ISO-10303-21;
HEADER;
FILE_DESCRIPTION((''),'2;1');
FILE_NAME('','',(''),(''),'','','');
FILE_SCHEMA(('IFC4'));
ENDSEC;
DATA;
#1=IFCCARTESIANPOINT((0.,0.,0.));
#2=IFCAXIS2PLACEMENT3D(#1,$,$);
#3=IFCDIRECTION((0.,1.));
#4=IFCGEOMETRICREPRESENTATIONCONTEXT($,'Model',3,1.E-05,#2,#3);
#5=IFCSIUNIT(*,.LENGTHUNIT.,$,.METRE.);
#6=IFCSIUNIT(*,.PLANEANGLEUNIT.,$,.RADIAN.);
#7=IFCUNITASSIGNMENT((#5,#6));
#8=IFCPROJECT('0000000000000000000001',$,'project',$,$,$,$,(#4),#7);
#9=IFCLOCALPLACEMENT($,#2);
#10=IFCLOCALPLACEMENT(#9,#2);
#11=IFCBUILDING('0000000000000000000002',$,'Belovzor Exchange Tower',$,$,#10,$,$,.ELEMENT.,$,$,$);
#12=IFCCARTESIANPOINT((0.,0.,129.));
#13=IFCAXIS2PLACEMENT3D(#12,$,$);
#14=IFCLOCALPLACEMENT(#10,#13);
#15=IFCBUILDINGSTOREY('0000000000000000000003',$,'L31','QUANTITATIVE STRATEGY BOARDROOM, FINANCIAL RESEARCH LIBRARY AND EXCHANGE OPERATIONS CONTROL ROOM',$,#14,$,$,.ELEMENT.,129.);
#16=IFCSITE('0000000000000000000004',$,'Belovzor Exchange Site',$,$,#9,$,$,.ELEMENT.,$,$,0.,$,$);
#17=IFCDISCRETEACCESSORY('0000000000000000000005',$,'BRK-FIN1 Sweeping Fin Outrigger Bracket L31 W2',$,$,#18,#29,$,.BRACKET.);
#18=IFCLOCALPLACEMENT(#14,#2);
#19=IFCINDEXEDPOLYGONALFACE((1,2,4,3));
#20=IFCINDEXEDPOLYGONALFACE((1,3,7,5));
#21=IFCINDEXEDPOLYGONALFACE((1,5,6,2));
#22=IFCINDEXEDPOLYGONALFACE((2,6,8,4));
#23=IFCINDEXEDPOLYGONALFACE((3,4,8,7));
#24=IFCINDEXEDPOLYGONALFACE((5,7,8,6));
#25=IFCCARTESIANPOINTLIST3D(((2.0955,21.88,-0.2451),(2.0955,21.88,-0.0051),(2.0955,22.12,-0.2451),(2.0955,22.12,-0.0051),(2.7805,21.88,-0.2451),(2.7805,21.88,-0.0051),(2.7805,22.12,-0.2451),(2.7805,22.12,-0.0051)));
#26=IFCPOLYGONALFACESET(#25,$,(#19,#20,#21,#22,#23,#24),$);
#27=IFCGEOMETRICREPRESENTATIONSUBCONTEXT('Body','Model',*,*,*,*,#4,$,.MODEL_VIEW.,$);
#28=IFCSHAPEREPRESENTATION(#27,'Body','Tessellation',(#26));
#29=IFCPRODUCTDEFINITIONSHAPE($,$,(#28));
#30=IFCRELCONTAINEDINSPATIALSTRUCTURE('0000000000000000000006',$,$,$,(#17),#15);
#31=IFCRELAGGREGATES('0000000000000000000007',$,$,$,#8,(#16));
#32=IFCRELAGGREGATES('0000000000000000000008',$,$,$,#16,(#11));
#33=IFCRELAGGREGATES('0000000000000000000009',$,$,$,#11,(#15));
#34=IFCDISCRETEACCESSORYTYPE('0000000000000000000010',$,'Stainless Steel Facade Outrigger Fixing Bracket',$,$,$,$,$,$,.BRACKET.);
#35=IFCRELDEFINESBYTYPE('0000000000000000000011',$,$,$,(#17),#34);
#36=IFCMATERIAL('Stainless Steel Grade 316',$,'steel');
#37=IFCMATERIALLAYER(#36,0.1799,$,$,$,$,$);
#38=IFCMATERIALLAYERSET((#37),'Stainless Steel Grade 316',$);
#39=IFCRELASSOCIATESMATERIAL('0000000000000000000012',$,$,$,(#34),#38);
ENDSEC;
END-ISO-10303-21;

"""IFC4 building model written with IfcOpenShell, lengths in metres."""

from ifc_helpers import new_model, si_unit, direction, frame, origin, origin_2d, place, context, subcontext, project, spatial, rectangle, extrude, material, layer, layer_set, type_object, element, save


model = new_model("IFC4")

# Units and contexts
model_context = context("Model", 3, precision=1e-05, world=origin(), true_north=direction((0.0, 1.0)))
body_context = subcontext(model_context, "Body", "Model", "MODEL_VIEW")
ifc_project = project(units=[si_unit("LENGTHUNIT", "METRE"), si_unit("PLANEANGLEUNIT", "RADIAN")], contexts=[model_context])

# Site, building, storey
site_placement = place(None, origin())
site = spatial("IfcSite", under=ifc_project, at=site_placement, Name="Belovzor Exchange Site", CompositionType="ELEMENT", RefElevation=0.0)
building_placement = place(site_placement, origin())
building = spatial("IfcBuilding", under=site, at=building_placement, Name="Belovzor Exchange Tower", CompositionType="ELEMENT")
storey_placement = place(building_placement, frame((0.0, 0.0, 129.0)))
storey = spatial("IfcBuildingStorey", under=building, at=storey_placement, Name="L31", Description="QUANTITATIVE STRATEGY BOARDROOM, FINANCIAL RESEARCH LIBRARY AND EXCHANGE OPERATIONS CONTROL ROOM", CompositionType="ELEMENT", Elevation=129.0)

# Discrete accessory
ifc_material_1 = material(Name="Stainless Steel Grade 316", Category="steel")
ifc_layer_1 = layer(ifc_material_1, 0.1799)
ifc_layer_set_1 = layer_set([ifc_layer_1], Name="Stainless Steel Grade 316")
discrete_accessory_type = type_object("IfcDiscreteAccessoryType", Name="Stainless Steel Facade Outrigger Fixing Bracket", PredefinedType="BRACKET", material=ifc_layer_set_1)
for number, where, z_axis, x_axis, name in (
    (1, (2.438, 22.0, -0.2451), (0.0, 0.0, 1.0), (1.0, 0.0, 0.0), "BRK-FIN1 Sweeping Fin Outrigger Bracket L31 W2"),
):
    element("IfcDiscreteAccessory", number, at=place(storey_placement, frame(where, z_axis=z_axis, x_axis=x_axis)), inside=storey, type_object=discrete_accessory_type, Name=name, PredefinedType="BRACKET", context=body_context, shape_type="SweptSolid", body=[
        extrude(rectangle(XDim=0.6851, YDim=0.24, at=origin_2d()), origin(), (0.0, 0.0, 1.0), 0.24),
    ])

save(model, "model.ifc")
